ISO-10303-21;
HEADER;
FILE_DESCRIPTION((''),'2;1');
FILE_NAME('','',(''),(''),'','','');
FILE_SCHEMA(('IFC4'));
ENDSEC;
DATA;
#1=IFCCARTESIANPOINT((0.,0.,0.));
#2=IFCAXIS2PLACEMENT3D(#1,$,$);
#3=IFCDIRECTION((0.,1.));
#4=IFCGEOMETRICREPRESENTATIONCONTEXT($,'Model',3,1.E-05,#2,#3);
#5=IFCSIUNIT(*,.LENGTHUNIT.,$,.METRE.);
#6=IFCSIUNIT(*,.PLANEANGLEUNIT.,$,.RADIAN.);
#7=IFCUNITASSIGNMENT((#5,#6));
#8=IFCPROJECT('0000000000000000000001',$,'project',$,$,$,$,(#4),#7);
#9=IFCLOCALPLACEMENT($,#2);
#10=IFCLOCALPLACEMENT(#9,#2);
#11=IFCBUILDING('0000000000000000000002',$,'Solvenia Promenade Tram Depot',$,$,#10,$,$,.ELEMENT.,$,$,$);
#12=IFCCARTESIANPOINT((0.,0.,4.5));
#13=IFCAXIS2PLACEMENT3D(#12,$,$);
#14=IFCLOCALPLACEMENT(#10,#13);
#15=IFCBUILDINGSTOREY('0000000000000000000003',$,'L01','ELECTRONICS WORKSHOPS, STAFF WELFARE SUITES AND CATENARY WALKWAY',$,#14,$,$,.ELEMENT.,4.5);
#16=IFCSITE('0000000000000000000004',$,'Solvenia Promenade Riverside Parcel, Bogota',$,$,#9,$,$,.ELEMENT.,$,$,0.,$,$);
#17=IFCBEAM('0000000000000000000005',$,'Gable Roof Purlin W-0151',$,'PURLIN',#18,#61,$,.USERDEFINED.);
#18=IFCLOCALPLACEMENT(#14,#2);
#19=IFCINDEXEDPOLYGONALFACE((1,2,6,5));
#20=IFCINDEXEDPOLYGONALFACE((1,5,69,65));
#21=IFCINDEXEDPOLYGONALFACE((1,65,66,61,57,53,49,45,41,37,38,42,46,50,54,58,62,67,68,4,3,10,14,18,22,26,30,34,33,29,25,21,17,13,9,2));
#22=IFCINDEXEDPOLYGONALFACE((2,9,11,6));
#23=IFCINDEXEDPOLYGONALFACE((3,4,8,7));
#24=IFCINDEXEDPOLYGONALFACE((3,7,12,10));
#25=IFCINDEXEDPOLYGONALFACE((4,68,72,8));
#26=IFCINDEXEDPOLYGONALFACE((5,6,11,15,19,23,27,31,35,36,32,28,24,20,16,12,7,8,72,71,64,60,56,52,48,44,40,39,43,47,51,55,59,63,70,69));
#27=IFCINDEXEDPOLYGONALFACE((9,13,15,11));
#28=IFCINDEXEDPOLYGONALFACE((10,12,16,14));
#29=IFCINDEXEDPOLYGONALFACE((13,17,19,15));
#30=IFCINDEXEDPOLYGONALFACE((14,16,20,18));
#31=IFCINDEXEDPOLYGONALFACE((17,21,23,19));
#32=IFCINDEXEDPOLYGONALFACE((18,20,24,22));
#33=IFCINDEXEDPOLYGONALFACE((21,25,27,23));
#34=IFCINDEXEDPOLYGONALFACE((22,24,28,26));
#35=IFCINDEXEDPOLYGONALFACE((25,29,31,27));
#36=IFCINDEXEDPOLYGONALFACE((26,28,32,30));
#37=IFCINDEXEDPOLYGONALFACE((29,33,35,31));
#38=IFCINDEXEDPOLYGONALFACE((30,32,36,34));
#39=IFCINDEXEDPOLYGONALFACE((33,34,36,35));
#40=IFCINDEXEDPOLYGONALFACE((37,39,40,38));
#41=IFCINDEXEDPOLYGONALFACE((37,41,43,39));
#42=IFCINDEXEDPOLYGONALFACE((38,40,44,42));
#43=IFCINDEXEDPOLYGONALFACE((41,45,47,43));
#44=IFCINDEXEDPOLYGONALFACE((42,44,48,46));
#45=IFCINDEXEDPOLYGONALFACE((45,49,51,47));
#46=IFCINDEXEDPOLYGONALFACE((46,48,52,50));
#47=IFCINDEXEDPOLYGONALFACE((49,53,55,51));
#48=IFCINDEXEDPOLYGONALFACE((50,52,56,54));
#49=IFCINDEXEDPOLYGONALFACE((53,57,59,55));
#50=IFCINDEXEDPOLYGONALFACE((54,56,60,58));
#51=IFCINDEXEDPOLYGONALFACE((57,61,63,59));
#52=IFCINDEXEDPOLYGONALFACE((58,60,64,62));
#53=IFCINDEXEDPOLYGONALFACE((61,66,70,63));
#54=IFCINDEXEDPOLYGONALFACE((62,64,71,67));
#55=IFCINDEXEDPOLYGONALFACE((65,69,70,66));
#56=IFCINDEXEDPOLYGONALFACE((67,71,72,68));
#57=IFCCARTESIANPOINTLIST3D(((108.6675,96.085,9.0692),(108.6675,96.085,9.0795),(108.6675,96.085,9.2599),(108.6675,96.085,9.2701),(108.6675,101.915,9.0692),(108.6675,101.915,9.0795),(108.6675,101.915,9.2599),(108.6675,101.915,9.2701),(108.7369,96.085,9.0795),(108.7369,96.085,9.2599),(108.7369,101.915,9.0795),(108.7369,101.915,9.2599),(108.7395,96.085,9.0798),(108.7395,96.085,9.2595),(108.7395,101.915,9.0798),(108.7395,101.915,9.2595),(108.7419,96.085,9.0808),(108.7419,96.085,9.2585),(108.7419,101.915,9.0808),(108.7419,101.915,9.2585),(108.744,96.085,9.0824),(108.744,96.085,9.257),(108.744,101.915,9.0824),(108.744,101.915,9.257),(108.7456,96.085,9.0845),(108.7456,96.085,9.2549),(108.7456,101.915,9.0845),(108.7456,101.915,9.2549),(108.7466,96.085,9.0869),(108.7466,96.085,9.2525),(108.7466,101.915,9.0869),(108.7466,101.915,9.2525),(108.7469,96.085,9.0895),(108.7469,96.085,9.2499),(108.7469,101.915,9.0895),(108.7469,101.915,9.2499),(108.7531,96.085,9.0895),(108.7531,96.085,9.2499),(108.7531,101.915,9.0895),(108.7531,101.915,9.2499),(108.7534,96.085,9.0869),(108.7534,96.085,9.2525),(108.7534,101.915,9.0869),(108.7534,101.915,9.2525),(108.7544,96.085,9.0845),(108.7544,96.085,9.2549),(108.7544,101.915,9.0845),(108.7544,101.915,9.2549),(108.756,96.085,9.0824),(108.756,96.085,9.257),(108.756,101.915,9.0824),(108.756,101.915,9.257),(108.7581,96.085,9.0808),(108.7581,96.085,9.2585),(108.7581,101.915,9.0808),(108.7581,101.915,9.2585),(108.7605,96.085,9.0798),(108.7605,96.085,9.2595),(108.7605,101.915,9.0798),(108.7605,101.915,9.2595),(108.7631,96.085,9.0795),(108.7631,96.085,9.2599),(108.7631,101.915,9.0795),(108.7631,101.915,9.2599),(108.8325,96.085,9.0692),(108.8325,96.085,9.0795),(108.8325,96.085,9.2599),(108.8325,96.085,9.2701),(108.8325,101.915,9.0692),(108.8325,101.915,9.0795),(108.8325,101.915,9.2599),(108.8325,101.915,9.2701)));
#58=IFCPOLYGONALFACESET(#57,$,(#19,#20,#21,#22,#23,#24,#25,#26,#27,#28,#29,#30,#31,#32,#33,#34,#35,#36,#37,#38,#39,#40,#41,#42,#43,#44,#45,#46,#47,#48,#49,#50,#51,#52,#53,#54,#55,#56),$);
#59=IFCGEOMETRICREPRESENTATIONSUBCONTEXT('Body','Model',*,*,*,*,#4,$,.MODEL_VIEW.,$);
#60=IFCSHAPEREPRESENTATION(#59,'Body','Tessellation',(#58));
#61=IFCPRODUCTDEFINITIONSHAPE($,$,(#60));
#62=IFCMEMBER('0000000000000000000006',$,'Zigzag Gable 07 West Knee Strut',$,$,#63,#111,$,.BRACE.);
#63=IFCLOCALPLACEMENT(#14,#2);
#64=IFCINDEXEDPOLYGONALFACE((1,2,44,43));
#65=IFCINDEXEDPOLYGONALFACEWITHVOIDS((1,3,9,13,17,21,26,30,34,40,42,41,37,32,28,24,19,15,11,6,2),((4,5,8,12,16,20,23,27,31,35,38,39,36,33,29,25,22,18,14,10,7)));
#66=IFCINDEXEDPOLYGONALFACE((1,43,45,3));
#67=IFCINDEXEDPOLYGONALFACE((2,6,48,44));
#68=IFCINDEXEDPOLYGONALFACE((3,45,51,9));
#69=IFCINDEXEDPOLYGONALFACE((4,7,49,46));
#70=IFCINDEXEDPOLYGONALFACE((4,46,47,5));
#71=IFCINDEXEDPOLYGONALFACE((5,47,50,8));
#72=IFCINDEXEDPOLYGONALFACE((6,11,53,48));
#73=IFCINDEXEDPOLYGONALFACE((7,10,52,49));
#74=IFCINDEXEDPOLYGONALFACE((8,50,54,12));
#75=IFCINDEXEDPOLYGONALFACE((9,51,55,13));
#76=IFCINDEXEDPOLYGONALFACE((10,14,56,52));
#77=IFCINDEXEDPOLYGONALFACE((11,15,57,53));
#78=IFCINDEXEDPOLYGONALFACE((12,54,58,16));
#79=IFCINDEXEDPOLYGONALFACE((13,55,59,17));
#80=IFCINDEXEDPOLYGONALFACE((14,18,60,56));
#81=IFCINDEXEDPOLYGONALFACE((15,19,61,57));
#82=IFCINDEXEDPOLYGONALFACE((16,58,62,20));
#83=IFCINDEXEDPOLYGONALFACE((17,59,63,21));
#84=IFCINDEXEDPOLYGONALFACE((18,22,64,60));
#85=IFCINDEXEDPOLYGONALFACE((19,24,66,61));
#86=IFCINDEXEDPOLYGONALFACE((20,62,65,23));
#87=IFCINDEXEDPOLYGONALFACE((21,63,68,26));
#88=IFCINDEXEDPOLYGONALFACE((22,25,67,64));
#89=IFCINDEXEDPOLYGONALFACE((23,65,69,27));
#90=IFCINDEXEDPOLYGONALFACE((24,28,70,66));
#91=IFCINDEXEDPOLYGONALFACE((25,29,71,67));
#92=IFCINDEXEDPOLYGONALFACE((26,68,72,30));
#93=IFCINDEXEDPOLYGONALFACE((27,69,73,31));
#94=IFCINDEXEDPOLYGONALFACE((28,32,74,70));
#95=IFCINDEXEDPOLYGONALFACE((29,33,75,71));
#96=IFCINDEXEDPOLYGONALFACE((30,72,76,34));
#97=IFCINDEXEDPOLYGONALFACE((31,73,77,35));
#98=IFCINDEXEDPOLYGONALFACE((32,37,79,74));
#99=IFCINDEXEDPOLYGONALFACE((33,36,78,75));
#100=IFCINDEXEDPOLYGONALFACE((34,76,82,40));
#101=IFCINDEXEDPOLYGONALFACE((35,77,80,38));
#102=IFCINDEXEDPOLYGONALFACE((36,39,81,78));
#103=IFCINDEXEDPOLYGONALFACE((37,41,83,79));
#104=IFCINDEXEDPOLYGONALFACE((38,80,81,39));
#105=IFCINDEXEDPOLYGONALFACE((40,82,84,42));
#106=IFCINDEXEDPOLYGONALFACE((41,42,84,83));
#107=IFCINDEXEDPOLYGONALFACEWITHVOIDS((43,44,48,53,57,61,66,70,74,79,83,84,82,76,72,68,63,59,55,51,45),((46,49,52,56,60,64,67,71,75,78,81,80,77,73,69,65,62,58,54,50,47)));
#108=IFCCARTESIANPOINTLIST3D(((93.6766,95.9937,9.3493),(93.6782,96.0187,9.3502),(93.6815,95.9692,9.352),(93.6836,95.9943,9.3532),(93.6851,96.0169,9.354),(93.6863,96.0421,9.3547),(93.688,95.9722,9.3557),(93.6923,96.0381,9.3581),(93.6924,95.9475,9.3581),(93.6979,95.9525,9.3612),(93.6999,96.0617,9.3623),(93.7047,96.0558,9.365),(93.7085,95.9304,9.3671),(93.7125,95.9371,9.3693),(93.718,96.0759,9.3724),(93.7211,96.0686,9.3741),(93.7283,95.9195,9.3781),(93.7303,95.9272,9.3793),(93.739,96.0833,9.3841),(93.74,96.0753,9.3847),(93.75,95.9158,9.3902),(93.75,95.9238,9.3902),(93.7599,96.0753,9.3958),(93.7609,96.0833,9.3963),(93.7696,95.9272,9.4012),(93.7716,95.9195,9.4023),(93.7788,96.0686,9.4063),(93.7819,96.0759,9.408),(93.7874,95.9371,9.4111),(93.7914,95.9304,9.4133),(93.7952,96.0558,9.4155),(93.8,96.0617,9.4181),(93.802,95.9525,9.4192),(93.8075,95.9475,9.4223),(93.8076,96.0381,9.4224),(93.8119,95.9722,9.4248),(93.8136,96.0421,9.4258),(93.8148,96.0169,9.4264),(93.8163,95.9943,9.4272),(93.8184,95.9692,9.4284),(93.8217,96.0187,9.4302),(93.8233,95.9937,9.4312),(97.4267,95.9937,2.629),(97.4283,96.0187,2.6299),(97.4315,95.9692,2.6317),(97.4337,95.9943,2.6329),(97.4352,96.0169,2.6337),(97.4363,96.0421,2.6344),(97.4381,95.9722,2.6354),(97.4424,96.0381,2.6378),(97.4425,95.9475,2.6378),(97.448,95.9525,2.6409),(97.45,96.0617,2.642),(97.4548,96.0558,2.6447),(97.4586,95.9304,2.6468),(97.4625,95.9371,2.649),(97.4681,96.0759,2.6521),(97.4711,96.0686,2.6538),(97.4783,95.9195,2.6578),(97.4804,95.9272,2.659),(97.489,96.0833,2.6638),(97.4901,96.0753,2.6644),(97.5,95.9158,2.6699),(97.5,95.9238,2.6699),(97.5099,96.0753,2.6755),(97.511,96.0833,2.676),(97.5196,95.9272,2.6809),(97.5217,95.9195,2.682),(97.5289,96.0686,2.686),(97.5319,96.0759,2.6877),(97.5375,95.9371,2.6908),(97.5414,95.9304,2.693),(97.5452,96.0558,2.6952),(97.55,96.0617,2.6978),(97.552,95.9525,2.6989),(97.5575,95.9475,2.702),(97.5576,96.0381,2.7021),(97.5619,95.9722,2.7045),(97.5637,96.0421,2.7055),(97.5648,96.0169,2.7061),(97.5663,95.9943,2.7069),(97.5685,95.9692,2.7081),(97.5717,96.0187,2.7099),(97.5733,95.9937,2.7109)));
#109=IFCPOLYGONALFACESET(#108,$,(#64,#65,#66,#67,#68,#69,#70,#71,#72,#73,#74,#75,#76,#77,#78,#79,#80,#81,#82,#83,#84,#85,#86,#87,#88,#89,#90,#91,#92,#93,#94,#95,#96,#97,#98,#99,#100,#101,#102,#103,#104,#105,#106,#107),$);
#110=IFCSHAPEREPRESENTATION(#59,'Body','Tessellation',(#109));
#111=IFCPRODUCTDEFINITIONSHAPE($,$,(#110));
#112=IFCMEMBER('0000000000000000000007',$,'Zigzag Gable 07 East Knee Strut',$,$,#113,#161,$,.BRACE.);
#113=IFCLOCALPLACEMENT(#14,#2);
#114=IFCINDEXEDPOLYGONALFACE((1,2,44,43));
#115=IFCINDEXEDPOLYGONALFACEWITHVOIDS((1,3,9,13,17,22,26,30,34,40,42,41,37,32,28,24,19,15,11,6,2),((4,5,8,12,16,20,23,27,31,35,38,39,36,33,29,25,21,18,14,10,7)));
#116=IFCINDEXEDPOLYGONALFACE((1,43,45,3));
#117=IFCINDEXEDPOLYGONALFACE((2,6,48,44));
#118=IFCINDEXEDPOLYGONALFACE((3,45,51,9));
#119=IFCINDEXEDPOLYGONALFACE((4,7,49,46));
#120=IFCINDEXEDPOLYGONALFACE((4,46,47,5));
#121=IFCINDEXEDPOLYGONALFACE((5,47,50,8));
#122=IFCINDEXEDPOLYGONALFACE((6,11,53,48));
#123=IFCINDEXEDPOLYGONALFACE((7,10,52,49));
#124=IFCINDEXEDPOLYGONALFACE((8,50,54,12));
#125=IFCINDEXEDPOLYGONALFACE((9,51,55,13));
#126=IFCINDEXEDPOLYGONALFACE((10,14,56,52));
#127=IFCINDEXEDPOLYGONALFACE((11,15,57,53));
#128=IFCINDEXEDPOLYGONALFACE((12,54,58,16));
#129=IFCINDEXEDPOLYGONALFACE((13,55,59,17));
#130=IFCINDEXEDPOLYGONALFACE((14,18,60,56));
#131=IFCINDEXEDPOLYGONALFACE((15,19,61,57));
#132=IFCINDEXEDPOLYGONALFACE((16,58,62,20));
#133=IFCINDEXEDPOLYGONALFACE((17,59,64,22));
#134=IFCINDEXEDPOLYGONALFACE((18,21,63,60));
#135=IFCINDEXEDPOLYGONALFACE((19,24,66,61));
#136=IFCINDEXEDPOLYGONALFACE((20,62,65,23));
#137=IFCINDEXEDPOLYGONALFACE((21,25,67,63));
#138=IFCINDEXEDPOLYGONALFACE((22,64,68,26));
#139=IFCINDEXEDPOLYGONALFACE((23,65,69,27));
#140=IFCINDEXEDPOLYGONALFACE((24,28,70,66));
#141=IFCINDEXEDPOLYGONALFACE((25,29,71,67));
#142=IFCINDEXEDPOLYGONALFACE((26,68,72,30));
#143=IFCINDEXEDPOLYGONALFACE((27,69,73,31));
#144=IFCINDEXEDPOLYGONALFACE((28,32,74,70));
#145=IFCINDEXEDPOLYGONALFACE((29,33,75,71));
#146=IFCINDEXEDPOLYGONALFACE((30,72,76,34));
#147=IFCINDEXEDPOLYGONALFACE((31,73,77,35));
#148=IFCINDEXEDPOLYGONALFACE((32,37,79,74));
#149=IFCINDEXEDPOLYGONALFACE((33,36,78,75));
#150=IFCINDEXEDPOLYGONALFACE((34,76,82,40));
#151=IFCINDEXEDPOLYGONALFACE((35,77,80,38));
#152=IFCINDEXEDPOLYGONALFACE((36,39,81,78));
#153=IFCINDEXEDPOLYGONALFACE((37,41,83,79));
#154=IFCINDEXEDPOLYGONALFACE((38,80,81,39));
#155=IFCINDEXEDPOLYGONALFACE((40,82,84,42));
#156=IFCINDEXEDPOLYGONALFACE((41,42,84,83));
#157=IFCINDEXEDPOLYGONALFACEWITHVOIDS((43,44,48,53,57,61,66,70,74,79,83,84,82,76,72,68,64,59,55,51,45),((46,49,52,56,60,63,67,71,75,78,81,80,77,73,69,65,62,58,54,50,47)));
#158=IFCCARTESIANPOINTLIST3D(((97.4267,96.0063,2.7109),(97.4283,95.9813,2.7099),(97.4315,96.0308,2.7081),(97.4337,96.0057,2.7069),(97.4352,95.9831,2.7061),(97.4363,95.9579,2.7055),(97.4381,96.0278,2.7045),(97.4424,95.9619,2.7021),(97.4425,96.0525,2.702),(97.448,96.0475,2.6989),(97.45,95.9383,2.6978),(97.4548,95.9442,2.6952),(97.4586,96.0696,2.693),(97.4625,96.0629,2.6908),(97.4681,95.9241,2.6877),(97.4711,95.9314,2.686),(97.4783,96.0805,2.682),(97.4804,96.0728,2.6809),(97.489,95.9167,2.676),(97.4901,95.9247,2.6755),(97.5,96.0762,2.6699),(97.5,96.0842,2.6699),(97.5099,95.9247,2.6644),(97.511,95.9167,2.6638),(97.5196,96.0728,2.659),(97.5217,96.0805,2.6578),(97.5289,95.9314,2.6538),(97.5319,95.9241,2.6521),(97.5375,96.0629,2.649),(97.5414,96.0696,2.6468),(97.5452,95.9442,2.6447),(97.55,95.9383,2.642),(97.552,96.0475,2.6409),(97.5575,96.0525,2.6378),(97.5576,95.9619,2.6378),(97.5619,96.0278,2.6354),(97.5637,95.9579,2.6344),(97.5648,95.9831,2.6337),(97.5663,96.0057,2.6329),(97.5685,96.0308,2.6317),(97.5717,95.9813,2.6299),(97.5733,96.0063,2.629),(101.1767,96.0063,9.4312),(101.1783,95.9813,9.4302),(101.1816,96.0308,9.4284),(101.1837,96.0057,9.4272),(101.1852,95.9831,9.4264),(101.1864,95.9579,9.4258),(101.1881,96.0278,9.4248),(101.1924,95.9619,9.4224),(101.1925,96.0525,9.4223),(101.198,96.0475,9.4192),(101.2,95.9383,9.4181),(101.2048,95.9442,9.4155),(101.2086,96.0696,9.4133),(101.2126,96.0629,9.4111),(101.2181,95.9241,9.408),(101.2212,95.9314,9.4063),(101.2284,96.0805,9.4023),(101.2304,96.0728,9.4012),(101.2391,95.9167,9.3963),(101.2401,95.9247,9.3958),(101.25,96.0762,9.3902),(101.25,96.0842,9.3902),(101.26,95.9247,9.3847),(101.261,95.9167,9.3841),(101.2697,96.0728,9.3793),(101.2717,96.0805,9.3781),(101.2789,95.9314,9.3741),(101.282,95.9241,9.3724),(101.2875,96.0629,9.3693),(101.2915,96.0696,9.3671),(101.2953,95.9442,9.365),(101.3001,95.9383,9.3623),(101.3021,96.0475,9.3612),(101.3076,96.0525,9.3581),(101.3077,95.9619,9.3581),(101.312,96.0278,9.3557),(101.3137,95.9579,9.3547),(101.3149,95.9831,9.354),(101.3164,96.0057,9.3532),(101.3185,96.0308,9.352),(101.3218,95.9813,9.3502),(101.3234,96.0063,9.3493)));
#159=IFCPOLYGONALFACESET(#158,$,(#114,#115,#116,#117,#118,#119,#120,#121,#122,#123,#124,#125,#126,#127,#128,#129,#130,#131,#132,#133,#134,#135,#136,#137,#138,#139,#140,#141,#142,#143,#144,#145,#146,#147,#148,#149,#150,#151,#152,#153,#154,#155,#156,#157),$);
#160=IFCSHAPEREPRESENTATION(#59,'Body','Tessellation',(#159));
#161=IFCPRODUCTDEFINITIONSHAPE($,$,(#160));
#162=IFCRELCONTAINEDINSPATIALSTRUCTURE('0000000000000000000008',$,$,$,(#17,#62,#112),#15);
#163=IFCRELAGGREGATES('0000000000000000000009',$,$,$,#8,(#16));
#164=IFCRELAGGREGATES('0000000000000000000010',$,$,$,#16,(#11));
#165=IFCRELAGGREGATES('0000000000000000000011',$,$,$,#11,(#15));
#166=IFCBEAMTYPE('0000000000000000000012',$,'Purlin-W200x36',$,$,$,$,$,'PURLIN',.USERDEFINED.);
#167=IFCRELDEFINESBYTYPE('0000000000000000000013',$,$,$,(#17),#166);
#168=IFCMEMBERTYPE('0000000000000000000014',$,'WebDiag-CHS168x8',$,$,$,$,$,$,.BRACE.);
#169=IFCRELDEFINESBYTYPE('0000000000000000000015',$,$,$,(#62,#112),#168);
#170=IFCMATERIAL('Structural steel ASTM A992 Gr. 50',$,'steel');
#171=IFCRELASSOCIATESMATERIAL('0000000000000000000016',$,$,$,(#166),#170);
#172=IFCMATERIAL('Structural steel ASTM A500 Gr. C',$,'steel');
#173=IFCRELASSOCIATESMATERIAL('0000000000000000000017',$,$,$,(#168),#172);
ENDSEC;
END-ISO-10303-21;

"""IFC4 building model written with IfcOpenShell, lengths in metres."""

from ifc_helpers import new_model, si_unit, direction, frame, origin, origin_2d, place, context, subcontext, project, spatial, hollow_circle, i_section, extrude, material, material_profile, profile_set, type_object, element, save


model = new_model("IFC4")

# Units and contexts
model_context = context("Model", 3, precision=1e-05, world=origin(), true_north=direction((0.0, 1.0)))
body_context = subcontext(model_context, "Body", "Model", "MODEL_VIEW")
ifc_project = project(units=[si_unit("LENGTHUNIT", "METRE"), si_unit("PLANEANGLEUNIT", "RADIAN")], contexts=[model_context])

# Site, building, storey
site_placement = place(None, origin())
site = spatial("IfcSite", under=ifc_project, at=site_placement, Name="Solvenia Promenade Riverside Parcel, Bogota", CompositionType="ELEMENT", RefElevation=0.0)
building_placement = place(site_placement, origin())
building = spatial("IfcBuilding", under=site, at=building_placement, Name="Solvenia Promenade Tram Depot", CompositionType="ELEMENT")
storey_placement = place(building_placement, frame((0.0, 0.0, 4.5)))
storey = spatial("IfcBuildingStorey", under=building, at=storey_placement, Name="L01", Description="ELECTRONICS WORKSHOPS, STAFF WELFARE SUITES AND CATENARY WALKWAY", CompositionType="ELEMENT", Elevation=4.5)

# Shared definitions
ifc_material_1 = material(Name="Structural steel ASTM A500 Gr. C", Category="steel")

# Beam
ifc_material_2 = material(Name="Structural steel ASTM A992 Gr. 50", Category="steel")
ifc_material_profile_1 = material_profile(ifc_material_2, i_section(OverallWidth=0.165, OverallDepth=0.2009, WebThickness=0.0061, FlangeThickness=0.0103, FilletRadius=0.01, at=origin_2d()), Name="W200x36", Category="steel")
ifc_profile_set_1 = profile_set([ifc_material_profile_1], Name="Structural steel ASTM A992 Gr. 50")
beam_type_1 = type_object("IfcBeamType", Name="Purlin-W200x36", ElementType="PURLIN", PredefinedType="USERDEFINED", material=ifc_profile_set_1)
beam_1_placement = place(storey_placement, frame((108.75, 96.085, 9.1697), z_axis=(0.0, 1.0, 0.0), x_axis=(-1.0, 0.0, 0.0)))
element("IfcBeam", 1, at=beam_1_placement, inside=storey, type_object=beam_type_1, Name="Gable Roof Purlin W-0151", ObjectType="PURLIN", PredefinedType="USERDEFINED", context=body_context, shape_type="SweptSolid", body=[
    extrude(i_section(OverallWidth=0.165, OverallDepth=0.2009, WebThickness=0.0061, FlangeThickness=0.0103, FilletRadius=0.01, at=origin_2d()), origin(), (0.0, 0.0, 1.0), 5.8301),
])

# Members
ifc_material_profile_2 = material_profile(ifc_material_1, hollow_circle(Radius=0.0842, WallThickness=0.0081, at=origin_2d()), Name="CHS168.3x8", Category="steel")
ifc_profile_set_2 = profile_set([ifc_material_profile_2], Name="Structural steel ASTM A500 Gr. C")
member_type_1 = type_object("IfcMemberType", Name="WebDiag-CHS168x8", PredefinedType="BRACE", material=ifc_profile_set_2)
for number, where, z_axis, x_axis, name in (
    (2, (97.5, 96.0, 2.6699), (-0.487285, 0.0, 0.873243), (0.0, -1.0, 0.0), "Zigzag Gable 07 West Knee Strut"),
    (3, (97.5, 96.0, 2.6699), (0.487285, 0.0, 0.873243), (0.0, 1.0, 0.0), "Zigzag Gable 07 East Knee Strut"),
):
    element("IfcMember", number, at=place(storey_placement, frame(where, z_axis=z_axis, x_axis=x_axis)), inside=storey, type_object=member_type_1, Name=name, PredefinedType="BRACE", context=body_context, shape_type="SweptSolid", body=[
        extrude(hollow_circle(Radius=0.0842, WallThickness=0.0081, at=origin_2d()), origin(), (0.0, 0.0, 1.0), 7.6958),
    ])

save(model, "model.ifc")
